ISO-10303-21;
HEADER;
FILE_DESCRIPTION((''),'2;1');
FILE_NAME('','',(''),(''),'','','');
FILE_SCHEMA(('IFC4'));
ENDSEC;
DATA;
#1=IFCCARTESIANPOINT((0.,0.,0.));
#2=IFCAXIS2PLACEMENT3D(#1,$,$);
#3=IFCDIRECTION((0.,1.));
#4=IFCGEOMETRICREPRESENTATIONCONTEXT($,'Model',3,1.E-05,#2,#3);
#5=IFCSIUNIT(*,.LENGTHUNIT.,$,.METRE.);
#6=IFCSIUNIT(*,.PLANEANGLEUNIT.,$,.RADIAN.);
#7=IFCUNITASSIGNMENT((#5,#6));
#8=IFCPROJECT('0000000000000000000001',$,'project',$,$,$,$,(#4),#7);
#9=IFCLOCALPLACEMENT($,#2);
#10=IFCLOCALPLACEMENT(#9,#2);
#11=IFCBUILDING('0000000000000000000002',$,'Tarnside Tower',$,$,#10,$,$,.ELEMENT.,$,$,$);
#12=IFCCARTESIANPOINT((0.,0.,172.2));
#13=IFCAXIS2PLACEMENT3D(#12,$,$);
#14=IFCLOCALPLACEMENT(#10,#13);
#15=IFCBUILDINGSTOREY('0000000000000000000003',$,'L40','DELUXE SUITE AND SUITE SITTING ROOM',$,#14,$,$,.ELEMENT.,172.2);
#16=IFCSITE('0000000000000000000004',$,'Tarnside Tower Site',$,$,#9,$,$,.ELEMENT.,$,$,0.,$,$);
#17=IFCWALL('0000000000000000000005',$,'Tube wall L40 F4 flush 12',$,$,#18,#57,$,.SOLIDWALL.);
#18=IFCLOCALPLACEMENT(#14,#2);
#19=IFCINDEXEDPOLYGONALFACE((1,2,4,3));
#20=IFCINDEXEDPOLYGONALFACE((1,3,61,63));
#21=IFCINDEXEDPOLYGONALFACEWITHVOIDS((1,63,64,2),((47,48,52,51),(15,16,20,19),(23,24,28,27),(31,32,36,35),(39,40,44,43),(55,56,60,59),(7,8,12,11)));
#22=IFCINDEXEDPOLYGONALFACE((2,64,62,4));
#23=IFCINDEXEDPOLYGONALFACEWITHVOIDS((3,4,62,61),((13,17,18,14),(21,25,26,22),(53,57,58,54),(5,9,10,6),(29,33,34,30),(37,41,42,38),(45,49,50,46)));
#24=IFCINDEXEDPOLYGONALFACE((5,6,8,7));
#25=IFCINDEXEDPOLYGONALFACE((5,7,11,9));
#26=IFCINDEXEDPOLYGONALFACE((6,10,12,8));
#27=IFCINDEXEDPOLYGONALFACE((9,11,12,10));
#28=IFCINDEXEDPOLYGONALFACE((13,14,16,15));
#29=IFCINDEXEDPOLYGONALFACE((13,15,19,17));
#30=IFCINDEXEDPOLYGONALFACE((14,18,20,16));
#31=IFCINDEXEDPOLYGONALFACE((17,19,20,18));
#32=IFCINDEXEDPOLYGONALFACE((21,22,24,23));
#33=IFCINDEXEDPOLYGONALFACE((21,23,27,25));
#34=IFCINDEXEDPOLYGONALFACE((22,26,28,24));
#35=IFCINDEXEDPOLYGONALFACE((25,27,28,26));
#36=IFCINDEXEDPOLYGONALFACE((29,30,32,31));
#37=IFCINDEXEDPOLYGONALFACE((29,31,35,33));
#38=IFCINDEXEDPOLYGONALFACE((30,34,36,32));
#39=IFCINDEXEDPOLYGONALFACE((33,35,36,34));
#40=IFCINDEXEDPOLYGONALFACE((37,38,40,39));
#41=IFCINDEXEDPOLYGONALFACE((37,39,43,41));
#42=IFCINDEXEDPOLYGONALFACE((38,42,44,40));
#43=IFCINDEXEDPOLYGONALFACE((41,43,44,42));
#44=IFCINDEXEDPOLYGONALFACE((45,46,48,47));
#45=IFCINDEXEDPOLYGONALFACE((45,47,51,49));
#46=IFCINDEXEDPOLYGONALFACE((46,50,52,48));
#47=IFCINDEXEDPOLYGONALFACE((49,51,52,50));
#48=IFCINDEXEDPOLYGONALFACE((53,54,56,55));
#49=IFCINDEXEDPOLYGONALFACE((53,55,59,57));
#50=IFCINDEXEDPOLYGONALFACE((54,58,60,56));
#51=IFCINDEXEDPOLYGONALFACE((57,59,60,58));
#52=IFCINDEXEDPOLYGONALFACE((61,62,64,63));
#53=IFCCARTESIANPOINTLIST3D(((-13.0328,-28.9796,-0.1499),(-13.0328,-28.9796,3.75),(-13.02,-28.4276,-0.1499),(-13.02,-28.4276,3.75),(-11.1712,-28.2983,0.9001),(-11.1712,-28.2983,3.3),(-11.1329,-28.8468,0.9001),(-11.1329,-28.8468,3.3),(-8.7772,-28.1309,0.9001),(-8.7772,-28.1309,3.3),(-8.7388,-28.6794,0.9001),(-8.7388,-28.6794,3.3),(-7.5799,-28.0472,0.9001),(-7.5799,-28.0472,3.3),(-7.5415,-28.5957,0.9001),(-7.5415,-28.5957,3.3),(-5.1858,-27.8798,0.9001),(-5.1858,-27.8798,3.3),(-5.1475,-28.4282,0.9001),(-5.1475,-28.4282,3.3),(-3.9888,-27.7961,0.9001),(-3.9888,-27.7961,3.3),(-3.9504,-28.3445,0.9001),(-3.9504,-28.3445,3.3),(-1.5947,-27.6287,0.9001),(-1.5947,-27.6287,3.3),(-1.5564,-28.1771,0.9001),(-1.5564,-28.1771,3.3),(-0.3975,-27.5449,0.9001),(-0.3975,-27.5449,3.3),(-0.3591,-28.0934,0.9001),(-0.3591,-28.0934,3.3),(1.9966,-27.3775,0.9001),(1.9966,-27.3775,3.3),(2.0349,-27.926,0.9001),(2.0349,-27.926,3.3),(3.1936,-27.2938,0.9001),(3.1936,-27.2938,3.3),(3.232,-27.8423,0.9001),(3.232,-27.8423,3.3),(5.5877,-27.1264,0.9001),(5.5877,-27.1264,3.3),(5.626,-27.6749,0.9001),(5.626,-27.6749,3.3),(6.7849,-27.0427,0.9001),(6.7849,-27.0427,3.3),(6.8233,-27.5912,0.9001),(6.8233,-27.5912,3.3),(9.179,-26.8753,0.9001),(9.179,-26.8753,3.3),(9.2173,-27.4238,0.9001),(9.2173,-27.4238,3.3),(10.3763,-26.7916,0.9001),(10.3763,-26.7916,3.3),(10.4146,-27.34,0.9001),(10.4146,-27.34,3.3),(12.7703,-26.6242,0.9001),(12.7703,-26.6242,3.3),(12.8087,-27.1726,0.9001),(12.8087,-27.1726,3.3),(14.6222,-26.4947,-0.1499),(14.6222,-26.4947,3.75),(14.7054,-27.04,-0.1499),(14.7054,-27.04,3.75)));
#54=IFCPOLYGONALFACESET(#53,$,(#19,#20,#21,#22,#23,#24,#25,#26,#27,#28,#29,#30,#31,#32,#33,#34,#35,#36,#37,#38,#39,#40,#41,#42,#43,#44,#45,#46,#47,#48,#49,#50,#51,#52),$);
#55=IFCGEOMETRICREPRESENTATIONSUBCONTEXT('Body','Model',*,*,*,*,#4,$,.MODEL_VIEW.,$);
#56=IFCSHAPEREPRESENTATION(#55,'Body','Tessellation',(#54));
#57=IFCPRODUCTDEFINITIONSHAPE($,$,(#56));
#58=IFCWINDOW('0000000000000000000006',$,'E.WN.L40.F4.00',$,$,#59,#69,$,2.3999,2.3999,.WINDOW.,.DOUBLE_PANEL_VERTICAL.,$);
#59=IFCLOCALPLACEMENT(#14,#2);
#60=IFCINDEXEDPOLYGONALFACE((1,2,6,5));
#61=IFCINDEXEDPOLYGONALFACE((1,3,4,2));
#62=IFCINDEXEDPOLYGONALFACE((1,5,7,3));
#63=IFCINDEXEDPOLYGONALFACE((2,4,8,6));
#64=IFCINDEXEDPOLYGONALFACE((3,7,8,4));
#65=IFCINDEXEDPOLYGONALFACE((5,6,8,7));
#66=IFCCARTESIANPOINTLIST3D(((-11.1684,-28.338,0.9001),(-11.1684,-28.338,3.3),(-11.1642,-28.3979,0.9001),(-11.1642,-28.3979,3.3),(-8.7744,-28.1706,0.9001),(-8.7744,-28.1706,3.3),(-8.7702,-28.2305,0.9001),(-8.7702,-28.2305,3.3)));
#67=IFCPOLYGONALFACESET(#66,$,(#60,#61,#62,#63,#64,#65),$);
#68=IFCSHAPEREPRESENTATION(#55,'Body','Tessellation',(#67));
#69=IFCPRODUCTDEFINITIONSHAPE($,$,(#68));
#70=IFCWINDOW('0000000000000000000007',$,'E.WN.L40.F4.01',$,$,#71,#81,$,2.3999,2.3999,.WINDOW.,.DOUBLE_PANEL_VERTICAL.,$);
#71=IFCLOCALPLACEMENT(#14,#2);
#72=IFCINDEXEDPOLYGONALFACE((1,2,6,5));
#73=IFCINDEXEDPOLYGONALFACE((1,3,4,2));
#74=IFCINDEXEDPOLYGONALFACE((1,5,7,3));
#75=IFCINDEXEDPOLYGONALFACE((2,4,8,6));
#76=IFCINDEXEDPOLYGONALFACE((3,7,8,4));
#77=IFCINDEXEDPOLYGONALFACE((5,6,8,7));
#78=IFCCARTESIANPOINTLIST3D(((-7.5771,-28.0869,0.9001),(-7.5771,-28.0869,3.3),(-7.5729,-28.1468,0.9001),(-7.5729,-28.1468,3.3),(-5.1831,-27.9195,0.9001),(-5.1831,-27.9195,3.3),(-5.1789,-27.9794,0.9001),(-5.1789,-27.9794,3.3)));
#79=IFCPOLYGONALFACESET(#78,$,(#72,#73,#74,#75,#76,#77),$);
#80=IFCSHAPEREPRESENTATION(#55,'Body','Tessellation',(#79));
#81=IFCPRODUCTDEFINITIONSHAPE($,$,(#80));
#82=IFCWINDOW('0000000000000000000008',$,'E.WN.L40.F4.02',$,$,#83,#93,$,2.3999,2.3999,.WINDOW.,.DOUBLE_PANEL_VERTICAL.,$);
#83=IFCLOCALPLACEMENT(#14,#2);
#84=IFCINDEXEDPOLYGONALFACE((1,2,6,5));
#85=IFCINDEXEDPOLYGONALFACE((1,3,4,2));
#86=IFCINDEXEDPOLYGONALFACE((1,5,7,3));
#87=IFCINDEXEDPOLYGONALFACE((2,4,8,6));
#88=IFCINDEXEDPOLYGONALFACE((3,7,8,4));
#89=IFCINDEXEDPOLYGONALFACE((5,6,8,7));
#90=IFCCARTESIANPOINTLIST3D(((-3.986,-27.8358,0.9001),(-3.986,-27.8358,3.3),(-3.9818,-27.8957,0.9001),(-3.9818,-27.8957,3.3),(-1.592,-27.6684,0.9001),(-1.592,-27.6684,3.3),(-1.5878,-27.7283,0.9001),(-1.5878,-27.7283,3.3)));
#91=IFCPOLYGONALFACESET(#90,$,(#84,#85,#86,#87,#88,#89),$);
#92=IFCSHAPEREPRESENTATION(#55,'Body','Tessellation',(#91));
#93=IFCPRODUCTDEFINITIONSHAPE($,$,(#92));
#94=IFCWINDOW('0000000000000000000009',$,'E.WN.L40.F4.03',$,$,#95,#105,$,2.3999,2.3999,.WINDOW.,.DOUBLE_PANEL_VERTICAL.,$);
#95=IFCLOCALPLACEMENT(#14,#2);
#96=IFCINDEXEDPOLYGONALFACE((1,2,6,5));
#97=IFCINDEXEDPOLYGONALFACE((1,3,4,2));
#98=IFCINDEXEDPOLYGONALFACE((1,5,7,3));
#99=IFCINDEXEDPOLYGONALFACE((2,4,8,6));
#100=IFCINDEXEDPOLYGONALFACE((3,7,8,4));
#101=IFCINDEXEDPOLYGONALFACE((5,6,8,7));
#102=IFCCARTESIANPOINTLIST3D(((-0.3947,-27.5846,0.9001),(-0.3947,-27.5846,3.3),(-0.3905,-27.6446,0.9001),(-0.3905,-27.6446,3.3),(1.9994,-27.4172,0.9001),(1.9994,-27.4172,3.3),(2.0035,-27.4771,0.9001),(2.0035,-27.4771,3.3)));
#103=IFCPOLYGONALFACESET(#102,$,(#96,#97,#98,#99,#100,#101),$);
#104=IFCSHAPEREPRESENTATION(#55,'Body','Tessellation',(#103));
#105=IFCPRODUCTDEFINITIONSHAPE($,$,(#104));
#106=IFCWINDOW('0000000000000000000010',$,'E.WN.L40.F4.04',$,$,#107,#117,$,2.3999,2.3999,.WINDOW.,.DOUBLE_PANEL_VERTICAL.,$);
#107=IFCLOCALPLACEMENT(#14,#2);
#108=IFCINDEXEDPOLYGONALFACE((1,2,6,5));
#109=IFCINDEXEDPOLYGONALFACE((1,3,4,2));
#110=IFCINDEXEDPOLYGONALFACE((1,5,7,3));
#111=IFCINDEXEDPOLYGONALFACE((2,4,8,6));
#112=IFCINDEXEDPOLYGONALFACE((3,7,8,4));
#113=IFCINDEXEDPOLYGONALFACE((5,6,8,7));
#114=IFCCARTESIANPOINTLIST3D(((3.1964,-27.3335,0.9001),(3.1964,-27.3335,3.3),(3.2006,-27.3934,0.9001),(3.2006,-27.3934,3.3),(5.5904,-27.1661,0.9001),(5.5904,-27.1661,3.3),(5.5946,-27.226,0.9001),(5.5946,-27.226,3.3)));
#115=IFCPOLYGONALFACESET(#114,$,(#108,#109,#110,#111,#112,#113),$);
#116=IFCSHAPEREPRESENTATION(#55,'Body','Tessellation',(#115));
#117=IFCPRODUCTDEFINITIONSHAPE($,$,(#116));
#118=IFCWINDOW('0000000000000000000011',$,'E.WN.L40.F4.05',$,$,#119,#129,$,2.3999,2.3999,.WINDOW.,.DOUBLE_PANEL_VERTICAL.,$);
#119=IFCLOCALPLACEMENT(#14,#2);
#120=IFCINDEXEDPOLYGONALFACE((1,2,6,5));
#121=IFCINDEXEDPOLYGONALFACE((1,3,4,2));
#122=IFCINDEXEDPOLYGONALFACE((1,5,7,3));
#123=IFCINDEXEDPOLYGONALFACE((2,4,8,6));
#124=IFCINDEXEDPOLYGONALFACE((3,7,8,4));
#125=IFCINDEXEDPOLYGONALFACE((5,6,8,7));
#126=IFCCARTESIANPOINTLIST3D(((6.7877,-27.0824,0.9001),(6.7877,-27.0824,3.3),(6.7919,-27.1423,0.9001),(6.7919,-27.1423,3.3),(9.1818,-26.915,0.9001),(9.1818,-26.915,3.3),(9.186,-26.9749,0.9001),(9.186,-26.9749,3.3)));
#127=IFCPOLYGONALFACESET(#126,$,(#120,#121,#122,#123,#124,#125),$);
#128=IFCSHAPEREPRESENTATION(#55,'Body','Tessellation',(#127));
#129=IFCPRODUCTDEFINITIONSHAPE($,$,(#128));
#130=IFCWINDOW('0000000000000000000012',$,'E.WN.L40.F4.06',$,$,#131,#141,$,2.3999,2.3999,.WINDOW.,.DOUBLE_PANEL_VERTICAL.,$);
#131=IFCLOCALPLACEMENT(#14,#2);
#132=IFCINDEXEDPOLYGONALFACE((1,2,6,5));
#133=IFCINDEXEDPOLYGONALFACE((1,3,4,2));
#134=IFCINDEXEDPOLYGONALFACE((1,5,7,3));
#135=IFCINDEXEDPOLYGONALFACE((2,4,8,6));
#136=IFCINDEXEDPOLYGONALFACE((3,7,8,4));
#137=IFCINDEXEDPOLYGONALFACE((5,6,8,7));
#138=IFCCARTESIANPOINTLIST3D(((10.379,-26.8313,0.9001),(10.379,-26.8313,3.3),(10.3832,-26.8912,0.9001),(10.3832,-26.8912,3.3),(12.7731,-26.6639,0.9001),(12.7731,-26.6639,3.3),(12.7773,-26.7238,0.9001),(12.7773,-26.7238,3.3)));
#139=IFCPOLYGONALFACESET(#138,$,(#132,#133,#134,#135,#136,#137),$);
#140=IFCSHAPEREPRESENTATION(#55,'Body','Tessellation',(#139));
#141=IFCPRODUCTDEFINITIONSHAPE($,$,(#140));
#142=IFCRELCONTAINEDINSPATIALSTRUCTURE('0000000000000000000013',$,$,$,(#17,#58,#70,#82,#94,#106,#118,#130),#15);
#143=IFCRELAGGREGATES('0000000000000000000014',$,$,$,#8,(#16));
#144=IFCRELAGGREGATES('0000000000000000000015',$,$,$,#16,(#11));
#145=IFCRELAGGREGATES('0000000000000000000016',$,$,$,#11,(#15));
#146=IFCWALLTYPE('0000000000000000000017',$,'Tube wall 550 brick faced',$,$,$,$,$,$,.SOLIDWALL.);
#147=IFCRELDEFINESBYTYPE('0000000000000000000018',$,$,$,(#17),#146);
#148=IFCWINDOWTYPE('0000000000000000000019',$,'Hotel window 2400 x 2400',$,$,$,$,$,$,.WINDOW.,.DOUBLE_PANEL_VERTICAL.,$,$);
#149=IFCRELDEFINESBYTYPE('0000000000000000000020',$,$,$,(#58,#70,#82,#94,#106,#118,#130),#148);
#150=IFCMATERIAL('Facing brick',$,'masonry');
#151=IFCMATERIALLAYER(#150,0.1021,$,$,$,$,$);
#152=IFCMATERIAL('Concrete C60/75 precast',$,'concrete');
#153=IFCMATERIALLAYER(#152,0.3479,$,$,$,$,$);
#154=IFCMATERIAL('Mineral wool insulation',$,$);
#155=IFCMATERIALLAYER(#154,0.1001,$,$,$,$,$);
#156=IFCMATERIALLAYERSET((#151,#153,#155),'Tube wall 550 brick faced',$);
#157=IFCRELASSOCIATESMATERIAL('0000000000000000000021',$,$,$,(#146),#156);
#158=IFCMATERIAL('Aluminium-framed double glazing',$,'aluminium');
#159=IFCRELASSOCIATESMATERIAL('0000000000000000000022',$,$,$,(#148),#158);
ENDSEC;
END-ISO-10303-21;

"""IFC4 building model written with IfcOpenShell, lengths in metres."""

from ifc_helpers import new_model, si_unit, direction, frame, frame_2d, origin, place, context, subcontext, project, spatial, polyline, rectangle, outline, extrude, material, layer, layer_set, type_object, element, fill, save


model = new_model("IFC4")

# Units and contexts
model_context = context("Model", 3, precision=1e-05, world=origin(), true_north=direction((0.0, 1.0)))
body_context = subcontext(model_context, "Body", "Model", "MODEL_VIEW")
ifc_project = project(units=[si_unit("LENGTHUNIT", "METRE"), si_unit("PLANEANGLEUNIT", "RADIAN")], contexts=[model_context])

# Site, building, storey
site_placement = place(None, origin())
site = spatial("IfcSite", under=ifc_project, at=site_placement, Name="Tarnside Tower Site", CompositionType="ELEMENT", RefElevation=0.0)
building_placement = place(site_placement, origin())
building = spatial("IfcBuilding", under=site, at=building_placement, Name="Tarnside Tower", CompositionType="ELEMENT")
storey_placement = place(building_placement, frame((0.0, 0.0, 172.2)))
storey = spatial("IfcBuildingStorey", under=building, at=storey_placement, Name="L40", Description="DELUXE SUITE AND SUITE SITTING ROOM", CompositionType="ELEMENT", Elevation=172.2)

# Wall, openings, windows
ifc_material_1 = material(Name="Facing brick", Category="masonry")
ifc_layer_1 = layer(ifc_material_1, 0.1021)
ifc_material_2 = material(Name="Concrete C60/75 precast", Category="concrete")
ifc_layer_2 = layer(ifc_material_2, 0.3479)
ifc_material_3 = material(Name="Mineral wool insulation")
ifc_layer_3 = layer(ifc_material_3, 0.1001)
ifc_layer_set_1 = layer_set([ifc_layer_1, ifc_layer_2, ifc_layer_3], Name="Tube wall 550 brick faced")
wall_type_1 = type_object("IfcWallType", Name="Tube wall 550 brick faced", PredefinedType="SOLIDWALL", material=ifc_layer_set_1)
wall_1_placement = place(storey_placement, frame((-13.0264, -28.7036, -0.1499), z_axis=(0.0, 0.0, 1.0), x_axis=(0.997564, 0.069756, 0.0)))
wall_1 = element("IfcWall", 1, at=wall_1_placement, inside=storey, type_object=wall_type_1, Name="Tube wall L40 F4 flush 12", PredefinedType="SOLIDWALL", context=body_context, shape_type="SweptSolid", body=[
    extrude(outline(polyline([(-0.0256, -0.2749), (27.7803, -0.2749), (27.7354, 0.2749), (0.0256, 0.2749), (-0.0256, -0.2749)])), origin(), (0.0, 0.0, 1.0), 3.8999),
])
opening_1_placement = place(wall_1_placement, frame((1.8789, 0.0, 1.05)))
opening_1 = element("IfcOpeningElement", 2, at=opening_1_placement, cuts=wall_1, PredefinedType="OPENING", context=body_context, shape_type="SweptSolid", body=[
    extrude(rectangle(XDim=2.3999, YDim=2.3999, at=frame_2d((1.2, 1.2))), frame((0.0, 0.2852, 0.0), z_axis=(0.0, -1.0, 0.0), x_axis=(1.0, 0.0, 0.0)), (0.0, 0.0, 1.0), 0.5701),
])
opening_2_placement = place(wall_1_placement, frame((5.479, 0.0, 1.05)))
opening_2 = element("IfcOpeningElement", 3, at=opening_2_placement, cuts=wall_1, PredefinedType="OPENING", context=body_context, shape_type="SweptSolid", body=[
    extrude(rectangle(XDim=2.3999, YDim=2.3999, at=frame_2d((1.2, 1.2))), frame((0.0, 0.2852, 0.0), z_axis=(0.0, -1.0, 0.0), x_axis=(1.0, 0.0, 0.0)), (0.0, 0.0, 1.0), 0.5701),
])
opening_3_placement = place(wall_1_placement, frame((9.0789, 0.0, 1.05)))
opening_3 = element("IfcOpeningElement", 4, at=opening_3_placement, cuts=wall_1, PredefinedType="OPENING", context=body_context, shape_type="SweptSolid", body=[
    extrude(rectangle(XDim=2.3999, YDim=2.3999, at=frame_2d((1.2, 1.2))), frame((0.0, 0.2852, 0.0), z_axis=(0.0, -1.0, 0.0), x_axis=(1.0, 0.0, 0.0)), (0.0, 0.0, 1.0), 0.5701),
])
opening_4_placement = place(wall_1_placement, frame((12.679, 0.0, 1.05)))
opening_4 = element("IfcOpeningElement", 5, at=opening_4_placement, cuts=wall_1, PredefinedType="OPENING", context=body_context, shape_type="SweptSolid", body=[
    extrude(rectangle(XDim=2.3999, YDim=2.3999, at=frame_2d((1.2, 1.2))), frame((0.0, 0.2852, 0.0), z_axis=(0.0, -1.0, 0.0), x_axis=(1.0, 0.0, 0.0)), (0.0, 0.0, 1.0), 0.5701),
])
opening_5_placement = place(wall_1_placement, frame((16.2788, 0.0, 1.05)))
opening_5 = element("IfcOpeningElement", 6, at=opening_5_placement, cuts=wall_1, PredefinedType="OPENING", context=body_context, shape_type="SweptSolid", body=[
    extrude(rectangle(XDim=2.3999, YDim=2.3999, at=frame_2d((1.2, 1.2))), frame((0.0, 0.2852, 0.0), z_axis=(0.0, -1.0, 0.0), x_axis=(1.0, 0.0, 0.0)), (0.0, 0.0, 1.0), 0.5701),
])
opening_6_placement = place(wall_1_placement, frame((19.8789, 0.0, 1.05)))
opening_6 = element("IfcOpeningElement", 7, at=opening_6_placement, cuts=wall_1, PredefinedType="OPENING", context=body_context, shape_type="SweptSolid", body=[
    extrude(rectangle(XDim=2.3999, YDim=2.3999, at=frame_2d((1.2, 1.2))), frame((0.0, 0.2852, 0.0), z_axis=(0.0, -1.0, 0.0), x_axis=(1.0, 0.0, 0.0)), (0.0, 0.0, 1.0), 0.5701),
])
opening_7_placement = place(wall_1_placement, frame((23.479, 0.0, 1.05)))
opening_7 = element("IfcOpeningElement", 8, at=opening_7_placement, cuts=wall_1, PredefinedType="OPENING", context=body_context, shape_type="SweptSolid", body=[
    extrude(rectangle(XDim=2.3999, YDim=2.3999, at=frame_2d((1.2, 1.2))), frame((0.0, 0.2852, 0.0), z_axis=(0.0, -1.0, 0.0), x_axis=(1.0, 0.0, 0.0)), (0.0, 0.0, 1.0), 0.5701),
])
ifc_material_4 = material(Name="Aluminium-framed double glazing", Category="aluminium")
window_type = type_object("IfcWindowType", Name="Hotel window 2400 x 2400", PartitioningType="DOUBLE_PANEL_VERTICAL", PredefinedType="WINDOW", material=ifc_material_4)
window_1_placement = place(opening_1_placement, frame((0.0, 0.2051, 0.0)))
window_1 = element("IfcWindow", 9, at=window_1_placement, inside=storey, type_object=window_type, Name="E.WN.L40.F4.00", OverallHeight=2.3999, OverallWidth=2.3999, PartitioningType="DOUBLE_PANEL_VERTICAL", PredefinedType="WINDOW", context=body_context, shape_type="SweptSolid", body=[
    extrude(rectangle(XDim=2.3999, YDim=2.3999, at=frame_2d((1.2, 1.2))), frame((0.0, 0.03, 0.0), z_axis=(0.0, -1.0, 0.0), x_axis=(1.0, 0.0, 0.0)), (0.0, 0.0, 1.0), 0.0601),
])
fill(opening_1, window_1)
window_2_placement = place(opening_2_placement, frame((0.0, 0.2051, 0.0)))
window_2 = element("IfcWindow", 10, at=window_2_placement, inside=storey, type_object=window_type, Name="E.WN.L40.F4.01", OverallHeight=2.3999, OverallWidth=2.3999, PartitioningType="DOUBLE_PANEL_VERTICAL", PredefinedType="WINDOW", context=body_context, shape_type="SweptSolid", body=[
    extrude(rectangle(XDim=2.3999, YDim=2.3999, at=frame_2d((1.2, 1.2))), frame((0.0, 0.03, 0.0), z_axis=(0.0, -1.0, 0.0), x_axis=(1.0, 0.0, 0.0)), (0.0, 0.0, 1.0), 0.0601),
])
fill(opening_2, window_2)
window_3_placement = place(opening_3_placement, frame((0.0, 0.2051, 0.0)))
window_3 = element("IfcWindow", 11, at=window_3_placement, inside=storey, type_object=window_type, Name="E.WN.L40.F4.02", OverallHeight=2.3999, OverallWidth=2.3999, PartitioningType="DOUBLE_PANEL_VERTICAL", PredefinedType="WINDOW", context=body_context, shape_type="SweptSolid", body=[
    extrude(rectangle(XDim=2.3999, YDim=2.3999, at=frame_2d((1.2, 1.2))), frame((0.0, 0.03, 0.0), z_axis=(0.0, -1.0, 0.0), x_axis=(1.0, 0.0, 0.0)), (0.0, 0.0, 1.0), 0.0601),
])
fill(opening_3, window_3)
window_4_placement = place(opening_4_placement, frame((0.0, 0.2051, 0.0)))
window_4 = element("IfcWindow", 12, at=window_4_placement, inside=storey, type_object=window_type, Name="E.WN.L40.F4.03", OverallHeight=2.3999, OverallWidth=2.3999, PartitioningType="DOUBLE_PANEL_VERTICAL", PredefinedType="WINDOW", context=body_context, shape_type="SweptSolid", body=[
    extrude(rectangle(XDim=2.3999, YDim=2.3999, at=frame_2d((1.2, 1.2))), frame((0.0, 0.03, 0.0), z_axis=(0.0, -1.0, 0.0), x_axis=(1.0, 0.0, 0.0)), (0.0, 0.0, 1.0), 0.0601),
])
fill(opening_4, window_4)
window_5_placement = place(opening_5_placement, frame((0.0, 0.2051, 0.0)))
window_5 = element("IfcWindow", 13, at=window_5_placement, inside=storey, type_object=window_type, Name="E.WN.L40.F4.04", OverallHeight=2.3999, OverallWidth=2.3999, PartitioningType="DOUBLE_PANEL_VERTICAL", PredefinedType="WINDOW", context=body_context, shape_type="SweptSolid", body=[
    extrude(rectangle(XDim=2.3999, YDim=2.3999, at=frame_2d((1.2, 1.2))), frame((0.0, 0.03, 0.0), z_axis=(0.0, -1.0, 0.0), x_axis=(1.0, 0.0, 0.0)), (0.0, 0.0, 1.0), 0.0601),
])
fill(opening_5, window_5)
window_6_placement = place(opening_6_placement, frame((0.0, 0.2051, 0.0)))
window_6 = element("IfcWindow", 14, at=window_6_placement, inside=storey, type_object=window_type, Name="E.WN.L40.F4.05", OverallHeight=2.3999, OverallWidth=2.3999, PartitioningType="DOUBLE_PANEL_VERTICAL", PredefinedType="WINDOW", context=body_context, shape_type="SweptSolid", body=[
    extrude(rectangle(XDim=2.3999, YDim=2.3999, at=frame_2d((1.2, 1.2))), frame((0.0, 0.03, 0.0), z_axis=(0.0, -1.0, 0.0), x_axis=(1.0, 0.0, 0.0)), (0.0, 0.0, 1.0), 0.0601),
])
fill(opening_6, window_6)
window_7_placement = place(opening_7_placement, frame((0.0, 0.2051, 0.0)))
window_7 = element("IfcWindow", 15, at=window_7_placement, inside=storey, type_object=window_type, Name="E.WN.L40.F4.06", OverallHeight=2.3999, OverallWidth=2.3999, PartitioningType="DOUBLE_PANEL_VERTICAL", PredefinedType="WINDOW", context=body_context, shape_type="SweptSolid", body=[
    extrude(rectangle(XDim=2.3999, YDim=2.3999, at=frame_2d((1.2, 1.2))), frame((0.0, 0.03, 0.0), z_axis=(0.0, -1.0, 0.0), x_axis=(1.0, 0.0, 0.0)), (0.0, 0.0, 1.0), 0.0601),
])
fill(opening_7, window_7)

save(model, "model.ifc")
